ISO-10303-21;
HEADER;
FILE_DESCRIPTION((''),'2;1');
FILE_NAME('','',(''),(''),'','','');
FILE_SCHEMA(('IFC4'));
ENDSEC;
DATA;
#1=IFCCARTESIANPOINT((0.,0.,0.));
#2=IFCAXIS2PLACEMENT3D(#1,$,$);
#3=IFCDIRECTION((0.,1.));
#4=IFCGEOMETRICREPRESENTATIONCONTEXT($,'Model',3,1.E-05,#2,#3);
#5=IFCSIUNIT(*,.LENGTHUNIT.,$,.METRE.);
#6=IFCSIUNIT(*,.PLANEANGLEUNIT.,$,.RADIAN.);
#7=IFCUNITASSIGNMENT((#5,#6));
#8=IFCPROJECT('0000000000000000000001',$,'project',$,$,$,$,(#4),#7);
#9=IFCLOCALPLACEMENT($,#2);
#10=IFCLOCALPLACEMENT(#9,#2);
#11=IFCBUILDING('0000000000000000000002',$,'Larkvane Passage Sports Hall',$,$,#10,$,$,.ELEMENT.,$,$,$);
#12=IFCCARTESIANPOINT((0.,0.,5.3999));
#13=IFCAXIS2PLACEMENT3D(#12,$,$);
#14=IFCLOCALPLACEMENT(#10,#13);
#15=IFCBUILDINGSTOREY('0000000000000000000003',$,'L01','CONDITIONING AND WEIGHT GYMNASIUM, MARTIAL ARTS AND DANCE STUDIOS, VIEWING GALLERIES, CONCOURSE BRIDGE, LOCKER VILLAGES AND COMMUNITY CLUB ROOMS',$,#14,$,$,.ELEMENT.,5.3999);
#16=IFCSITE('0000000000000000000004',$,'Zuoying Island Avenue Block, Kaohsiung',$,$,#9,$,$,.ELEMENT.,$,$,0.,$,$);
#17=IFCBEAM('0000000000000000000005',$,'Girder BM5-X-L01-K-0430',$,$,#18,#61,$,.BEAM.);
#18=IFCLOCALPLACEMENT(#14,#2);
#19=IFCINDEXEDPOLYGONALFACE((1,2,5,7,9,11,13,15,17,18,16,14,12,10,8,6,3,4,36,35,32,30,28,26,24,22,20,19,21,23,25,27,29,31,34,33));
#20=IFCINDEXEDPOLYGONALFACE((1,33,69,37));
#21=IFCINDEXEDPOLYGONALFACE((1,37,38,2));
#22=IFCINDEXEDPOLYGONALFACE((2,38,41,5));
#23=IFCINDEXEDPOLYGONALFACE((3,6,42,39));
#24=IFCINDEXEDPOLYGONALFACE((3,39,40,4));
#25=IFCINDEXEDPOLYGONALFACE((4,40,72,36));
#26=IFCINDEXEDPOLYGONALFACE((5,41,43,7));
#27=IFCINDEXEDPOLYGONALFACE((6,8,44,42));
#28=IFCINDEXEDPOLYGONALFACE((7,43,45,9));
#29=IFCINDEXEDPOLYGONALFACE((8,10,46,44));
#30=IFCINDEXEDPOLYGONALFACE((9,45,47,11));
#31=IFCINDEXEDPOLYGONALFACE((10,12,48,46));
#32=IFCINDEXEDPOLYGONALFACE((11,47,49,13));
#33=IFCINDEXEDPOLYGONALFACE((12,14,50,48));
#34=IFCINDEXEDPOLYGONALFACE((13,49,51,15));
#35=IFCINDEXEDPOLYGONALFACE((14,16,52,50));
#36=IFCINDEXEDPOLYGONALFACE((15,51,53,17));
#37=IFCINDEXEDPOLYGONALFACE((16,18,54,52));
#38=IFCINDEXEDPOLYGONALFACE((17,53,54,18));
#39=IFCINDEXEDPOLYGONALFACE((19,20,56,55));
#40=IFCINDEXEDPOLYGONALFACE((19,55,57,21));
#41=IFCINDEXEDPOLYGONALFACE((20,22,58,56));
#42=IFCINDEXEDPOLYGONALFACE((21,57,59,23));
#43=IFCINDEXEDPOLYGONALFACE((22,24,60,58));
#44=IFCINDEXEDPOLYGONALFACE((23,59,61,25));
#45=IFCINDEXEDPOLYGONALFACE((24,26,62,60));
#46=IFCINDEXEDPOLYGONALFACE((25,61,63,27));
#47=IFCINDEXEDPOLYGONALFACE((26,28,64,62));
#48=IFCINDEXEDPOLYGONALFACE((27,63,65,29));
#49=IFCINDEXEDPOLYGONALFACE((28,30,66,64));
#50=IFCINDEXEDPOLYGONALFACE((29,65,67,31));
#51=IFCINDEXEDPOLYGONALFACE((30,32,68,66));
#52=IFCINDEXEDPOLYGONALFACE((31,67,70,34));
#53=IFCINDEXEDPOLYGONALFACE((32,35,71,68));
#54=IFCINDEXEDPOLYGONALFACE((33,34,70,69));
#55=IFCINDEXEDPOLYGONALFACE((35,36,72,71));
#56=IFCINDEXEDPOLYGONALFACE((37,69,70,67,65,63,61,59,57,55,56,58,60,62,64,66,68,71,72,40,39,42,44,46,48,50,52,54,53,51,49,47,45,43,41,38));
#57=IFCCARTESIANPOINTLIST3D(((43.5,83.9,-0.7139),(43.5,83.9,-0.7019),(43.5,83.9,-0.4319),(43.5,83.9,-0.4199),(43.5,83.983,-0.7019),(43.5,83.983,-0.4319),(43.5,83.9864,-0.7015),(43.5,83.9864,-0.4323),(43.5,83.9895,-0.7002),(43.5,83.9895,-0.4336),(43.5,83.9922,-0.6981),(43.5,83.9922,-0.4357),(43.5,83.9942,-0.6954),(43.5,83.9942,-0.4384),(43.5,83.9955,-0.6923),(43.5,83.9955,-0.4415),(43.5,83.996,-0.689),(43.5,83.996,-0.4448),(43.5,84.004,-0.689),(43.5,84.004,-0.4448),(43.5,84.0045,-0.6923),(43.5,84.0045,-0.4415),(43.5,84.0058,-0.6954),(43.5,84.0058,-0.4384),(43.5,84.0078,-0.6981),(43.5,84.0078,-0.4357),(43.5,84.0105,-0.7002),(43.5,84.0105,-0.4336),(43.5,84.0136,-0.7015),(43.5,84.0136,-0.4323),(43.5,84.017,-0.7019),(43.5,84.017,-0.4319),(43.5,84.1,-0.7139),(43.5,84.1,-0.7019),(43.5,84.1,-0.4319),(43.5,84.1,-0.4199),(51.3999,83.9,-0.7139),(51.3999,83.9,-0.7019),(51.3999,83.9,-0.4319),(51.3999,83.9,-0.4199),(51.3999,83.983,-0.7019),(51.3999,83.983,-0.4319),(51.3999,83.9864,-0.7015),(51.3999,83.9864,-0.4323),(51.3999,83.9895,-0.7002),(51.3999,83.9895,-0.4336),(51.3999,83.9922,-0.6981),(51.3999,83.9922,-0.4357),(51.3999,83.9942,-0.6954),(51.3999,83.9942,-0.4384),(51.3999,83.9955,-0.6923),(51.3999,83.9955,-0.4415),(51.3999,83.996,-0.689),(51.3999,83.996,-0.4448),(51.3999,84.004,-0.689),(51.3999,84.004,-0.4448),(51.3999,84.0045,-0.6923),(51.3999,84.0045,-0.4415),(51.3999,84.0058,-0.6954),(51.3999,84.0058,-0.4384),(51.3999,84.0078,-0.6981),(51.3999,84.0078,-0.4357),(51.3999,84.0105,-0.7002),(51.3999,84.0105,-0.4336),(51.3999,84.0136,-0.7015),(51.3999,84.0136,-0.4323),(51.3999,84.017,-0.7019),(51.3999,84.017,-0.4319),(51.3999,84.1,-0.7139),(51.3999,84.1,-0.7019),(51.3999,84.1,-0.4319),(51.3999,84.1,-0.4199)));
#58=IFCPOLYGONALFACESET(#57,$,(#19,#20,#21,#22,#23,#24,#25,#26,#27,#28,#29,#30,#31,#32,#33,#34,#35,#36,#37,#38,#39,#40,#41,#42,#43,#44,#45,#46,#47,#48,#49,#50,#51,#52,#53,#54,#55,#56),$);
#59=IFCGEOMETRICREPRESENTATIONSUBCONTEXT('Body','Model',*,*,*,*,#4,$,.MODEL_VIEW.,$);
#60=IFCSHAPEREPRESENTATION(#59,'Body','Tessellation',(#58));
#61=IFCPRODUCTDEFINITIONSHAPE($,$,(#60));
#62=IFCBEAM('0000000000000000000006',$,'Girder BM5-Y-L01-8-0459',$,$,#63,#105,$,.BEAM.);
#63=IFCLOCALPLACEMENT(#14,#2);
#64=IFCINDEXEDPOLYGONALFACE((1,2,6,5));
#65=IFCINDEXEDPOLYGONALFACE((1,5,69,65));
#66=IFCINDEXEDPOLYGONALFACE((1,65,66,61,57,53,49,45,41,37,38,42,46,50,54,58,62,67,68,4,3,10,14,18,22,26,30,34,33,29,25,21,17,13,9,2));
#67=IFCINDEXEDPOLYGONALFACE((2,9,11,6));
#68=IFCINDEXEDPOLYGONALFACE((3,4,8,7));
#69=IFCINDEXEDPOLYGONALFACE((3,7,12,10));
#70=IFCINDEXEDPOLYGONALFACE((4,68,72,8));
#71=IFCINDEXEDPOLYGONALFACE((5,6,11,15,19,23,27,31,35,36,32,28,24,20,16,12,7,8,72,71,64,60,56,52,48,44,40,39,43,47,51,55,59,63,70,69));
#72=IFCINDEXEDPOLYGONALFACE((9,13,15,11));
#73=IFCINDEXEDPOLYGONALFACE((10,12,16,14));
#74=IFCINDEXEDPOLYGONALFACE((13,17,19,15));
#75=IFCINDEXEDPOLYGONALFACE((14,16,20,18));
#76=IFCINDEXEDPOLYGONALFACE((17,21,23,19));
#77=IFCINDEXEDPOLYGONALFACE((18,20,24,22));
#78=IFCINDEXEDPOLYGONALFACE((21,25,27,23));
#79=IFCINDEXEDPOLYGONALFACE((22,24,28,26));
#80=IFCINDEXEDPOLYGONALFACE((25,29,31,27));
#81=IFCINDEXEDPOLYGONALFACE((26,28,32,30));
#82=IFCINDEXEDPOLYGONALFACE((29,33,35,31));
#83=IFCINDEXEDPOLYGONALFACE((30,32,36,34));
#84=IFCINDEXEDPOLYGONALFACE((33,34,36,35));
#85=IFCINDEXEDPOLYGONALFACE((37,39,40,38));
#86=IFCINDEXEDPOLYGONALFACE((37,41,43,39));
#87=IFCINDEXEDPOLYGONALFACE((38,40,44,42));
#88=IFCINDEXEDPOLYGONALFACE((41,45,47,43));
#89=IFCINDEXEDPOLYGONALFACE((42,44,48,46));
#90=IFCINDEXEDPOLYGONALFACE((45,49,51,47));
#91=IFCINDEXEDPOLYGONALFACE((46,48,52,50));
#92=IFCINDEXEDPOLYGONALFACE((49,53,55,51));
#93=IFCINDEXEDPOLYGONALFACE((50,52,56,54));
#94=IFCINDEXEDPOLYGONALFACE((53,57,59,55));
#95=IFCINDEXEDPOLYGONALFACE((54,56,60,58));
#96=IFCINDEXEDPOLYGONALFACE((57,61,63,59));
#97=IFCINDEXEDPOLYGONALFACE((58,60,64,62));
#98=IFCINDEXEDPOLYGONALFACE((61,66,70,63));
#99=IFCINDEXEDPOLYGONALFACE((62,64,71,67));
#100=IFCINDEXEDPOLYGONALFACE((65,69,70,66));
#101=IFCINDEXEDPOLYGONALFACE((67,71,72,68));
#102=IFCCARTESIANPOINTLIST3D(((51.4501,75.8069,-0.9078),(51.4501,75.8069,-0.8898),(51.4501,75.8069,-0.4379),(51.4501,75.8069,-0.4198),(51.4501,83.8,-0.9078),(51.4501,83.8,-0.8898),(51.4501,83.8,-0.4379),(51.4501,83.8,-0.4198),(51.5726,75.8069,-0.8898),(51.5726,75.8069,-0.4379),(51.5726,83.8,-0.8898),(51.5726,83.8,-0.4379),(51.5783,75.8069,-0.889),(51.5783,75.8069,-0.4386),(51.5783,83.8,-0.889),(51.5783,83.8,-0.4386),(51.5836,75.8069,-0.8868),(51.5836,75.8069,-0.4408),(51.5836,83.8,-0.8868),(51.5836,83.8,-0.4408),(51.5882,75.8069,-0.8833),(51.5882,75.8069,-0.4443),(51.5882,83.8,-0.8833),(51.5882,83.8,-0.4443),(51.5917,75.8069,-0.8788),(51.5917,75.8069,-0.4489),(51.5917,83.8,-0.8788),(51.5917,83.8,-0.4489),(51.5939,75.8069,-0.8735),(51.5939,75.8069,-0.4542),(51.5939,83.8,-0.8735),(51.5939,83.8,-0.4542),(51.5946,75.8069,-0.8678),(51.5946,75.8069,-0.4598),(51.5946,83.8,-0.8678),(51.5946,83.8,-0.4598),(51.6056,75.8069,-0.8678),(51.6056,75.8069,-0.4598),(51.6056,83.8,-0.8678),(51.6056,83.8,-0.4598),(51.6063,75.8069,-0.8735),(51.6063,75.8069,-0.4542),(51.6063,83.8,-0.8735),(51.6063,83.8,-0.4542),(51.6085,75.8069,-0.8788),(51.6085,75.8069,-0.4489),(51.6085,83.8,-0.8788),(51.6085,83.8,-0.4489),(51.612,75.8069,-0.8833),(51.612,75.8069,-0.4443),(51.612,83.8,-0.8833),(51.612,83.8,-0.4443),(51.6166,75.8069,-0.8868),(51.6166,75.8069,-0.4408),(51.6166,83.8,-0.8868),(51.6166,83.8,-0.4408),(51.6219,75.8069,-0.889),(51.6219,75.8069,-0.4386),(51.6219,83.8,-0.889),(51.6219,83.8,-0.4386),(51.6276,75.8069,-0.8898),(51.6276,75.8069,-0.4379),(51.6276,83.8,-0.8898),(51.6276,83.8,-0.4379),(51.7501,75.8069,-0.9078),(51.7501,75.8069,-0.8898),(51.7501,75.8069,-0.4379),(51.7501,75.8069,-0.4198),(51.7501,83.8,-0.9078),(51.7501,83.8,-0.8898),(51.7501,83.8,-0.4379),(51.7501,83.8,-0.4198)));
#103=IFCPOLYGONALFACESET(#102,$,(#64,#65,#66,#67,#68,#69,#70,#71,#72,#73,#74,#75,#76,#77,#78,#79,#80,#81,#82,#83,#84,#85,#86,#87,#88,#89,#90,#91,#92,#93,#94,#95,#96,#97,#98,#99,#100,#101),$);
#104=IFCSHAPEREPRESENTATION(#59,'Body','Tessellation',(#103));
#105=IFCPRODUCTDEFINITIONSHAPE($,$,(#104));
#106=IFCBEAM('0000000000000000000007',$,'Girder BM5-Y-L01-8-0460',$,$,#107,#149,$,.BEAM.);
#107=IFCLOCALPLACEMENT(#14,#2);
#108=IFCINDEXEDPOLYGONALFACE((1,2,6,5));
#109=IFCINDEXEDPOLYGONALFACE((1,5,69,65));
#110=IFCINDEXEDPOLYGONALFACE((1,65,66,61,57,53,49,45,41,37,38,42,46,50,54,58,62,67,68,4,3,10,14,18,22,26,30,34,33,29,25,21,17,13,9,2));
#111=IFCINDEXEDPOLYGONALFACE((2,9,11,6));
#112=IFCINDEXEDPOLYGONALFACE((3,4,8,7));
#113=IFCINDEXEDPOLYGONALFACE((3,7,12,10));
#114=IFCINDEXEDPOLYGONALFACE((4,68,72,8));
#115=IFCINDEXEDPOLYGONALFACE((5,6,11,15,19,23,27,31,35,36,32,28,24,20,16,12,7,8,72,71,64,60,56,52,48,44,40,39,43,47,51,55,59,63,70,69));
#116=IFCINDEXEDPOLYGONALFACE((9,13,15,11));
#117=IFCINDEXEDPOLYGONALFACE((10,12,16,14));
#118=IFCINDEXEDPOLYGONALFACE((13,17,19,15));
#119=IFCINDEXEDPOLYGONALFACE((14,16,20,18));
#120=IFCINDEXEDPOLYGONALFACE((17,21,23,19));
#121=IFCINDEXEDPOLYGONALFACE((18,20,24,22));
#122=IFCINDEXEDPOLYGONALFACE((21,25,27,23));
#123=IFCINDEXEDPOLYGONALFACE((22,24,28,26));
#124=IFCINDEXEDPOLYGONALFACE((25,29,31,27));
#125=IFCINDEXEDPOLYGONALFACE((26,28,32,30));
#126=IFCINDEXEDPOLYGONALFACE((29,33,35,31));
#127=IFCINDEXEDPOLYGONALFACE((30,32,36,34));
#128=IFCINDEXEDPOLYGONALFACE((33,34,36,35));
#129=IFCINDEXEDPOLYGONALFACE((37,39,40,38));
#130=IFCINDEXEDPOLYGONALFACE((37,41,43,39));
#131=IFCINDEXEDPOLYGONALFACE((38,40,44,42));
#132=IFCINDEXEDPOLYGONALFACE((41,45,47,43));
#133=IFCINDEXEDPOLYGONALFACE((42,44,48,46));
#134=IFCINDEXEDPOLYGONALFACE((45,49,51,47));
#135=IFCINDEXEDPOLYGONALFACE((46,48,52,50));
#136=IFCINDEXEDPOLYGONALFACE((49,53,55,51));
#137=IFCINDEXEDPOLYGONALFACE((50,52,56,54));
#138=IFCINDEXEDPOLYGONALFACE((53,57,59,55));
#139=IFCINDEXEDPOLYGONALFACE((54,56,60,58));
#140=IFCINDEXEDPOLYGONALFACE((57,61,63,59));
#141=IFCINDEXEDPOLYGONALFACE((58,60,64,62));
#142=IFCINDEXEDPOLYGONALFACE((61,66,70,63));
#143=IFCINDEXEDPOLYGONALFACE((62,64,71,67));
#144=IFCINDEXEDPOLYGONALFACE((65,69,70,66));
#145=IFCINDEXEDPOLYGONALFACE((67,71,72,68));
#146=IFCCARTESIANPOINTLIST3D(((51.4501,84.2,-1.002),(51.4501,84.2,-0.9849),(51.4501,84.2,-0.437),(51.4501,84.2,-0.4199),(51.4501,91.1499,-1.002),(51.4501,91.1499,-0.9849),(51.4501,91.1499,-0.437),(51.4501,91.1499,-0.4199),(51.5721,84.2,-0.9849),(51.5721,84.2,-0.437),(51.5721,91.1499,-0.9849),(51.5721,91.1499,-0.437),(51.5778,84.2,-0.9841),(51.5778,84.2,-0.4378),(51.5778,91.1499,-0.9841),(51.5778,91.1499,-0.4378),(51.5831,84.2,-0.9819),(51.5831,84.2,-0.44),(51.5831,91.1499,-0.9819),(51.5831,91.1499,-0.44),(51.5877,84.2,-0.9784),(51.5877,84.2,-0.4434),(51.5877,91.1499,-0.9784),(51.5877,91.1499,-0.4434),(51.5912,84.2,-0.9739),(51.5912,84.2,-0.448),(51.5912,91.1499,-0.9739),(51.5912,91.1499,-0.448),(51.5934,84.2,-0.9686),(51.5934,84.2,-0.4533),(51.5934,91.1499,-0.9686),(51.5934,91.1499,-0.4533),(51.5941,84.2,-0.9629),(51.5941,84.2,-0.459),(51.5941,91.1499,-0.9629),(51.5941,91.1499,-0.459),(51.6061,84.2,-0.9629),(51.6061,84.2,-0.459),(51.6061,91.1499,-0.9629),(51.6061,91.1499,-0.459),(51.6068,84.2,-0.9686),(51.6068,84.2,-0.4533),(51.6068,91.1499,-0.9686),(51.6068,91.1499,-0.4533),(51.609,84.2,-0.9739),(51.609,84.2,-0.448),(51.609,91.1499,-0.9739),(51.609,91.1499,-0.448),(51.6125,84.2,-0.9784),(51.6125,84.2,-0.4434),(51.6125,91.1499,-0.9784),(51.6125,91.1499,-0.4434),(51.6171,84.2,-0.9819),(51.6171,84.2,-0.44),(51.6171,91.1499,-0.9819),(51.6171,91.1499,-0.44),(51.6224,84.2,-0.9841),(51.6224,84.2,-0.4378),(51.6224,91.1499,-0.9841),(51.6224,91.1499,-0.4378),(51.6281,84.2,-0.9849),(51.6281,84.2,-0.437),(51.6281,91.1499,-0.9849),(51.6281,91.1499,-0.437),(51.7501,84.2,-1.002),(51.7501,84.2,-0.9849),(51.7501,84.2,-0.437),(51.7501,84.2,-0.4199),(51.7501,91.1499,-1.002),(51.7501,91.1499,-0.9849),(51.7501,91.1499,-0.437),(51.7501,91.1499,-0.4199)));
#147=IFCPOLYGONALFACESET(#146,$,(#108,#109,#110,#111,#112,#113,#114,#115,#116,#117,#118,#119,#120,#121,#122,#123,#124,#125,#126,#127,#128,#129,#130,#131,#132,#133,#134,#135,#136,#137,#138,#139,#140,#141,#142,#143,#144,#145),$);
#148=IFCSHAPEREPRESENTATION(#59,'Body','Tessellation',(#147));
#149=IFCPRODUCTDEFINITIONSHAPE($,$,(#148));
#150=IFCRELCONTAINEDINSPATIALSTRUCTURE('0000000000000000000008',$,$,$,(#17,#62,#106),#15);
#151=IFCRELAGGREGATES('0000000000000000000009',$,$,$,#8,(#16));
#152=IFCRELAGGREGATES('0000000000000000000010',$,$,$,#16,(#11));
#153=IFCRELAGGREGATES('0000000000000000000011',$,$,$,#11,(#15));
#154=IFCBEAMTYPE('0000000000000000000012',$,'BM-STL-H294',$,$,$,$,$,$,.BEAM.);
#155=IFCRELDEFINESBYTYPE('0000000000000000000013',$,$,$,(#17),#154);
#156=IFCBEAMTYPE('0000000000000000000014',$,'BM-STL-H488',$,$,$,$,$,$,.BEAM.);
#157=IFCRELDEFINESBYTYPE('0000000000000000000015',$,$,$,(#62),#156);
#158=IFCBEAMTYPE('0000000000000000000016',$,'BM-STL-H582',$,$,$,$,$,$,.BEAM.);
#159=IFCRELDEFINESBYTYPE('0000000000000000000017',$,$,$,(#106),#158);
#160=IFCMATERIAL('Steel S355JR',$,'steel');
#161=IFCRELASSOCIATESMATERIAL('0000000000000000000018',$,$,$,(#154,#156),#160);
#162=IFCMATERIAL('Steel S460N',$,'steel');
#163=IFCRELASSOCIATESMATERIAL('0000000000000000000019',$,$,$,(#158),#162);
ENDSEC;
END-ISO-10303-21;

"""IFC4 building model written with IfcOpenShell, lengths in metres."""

from ifc_helpers import new_model, si_unit, direction, frame, origin, origin_2d, place, context, subcontext, project, spatial, i_section, extrude, material, material_profile, profile_set, type_object, element, save


model = new_model("IFC4")

# Units and contexts
model_context = context("Model", 3, precision=1e-05, world=origin(), true_north=direction((0.0, 1.0)))
body_context = subcontext(model_context, "Body", "Model", "MODEL_VIEW")
ifc_project = project(units=[si_unit("LENGTHUNIT", "METRE"), si_unit("PLANEANGLEUNIT", "RADIAN")], contexts=[model_context])

# Site, building, storey
site_placement = place(None, origin())
site = spatial("IfcSite", under=ifc_project, at=site_placement, Name="Zuoying Island Avenue Block, Kaohsiung", CompositionType="ELEMENT", RefElevation=0.0)
building_placement = place(site_placement, origin())
building = spatial("IfcBuilding", under=site, at=building_placement, Name="Larkvane Passage Sports Hall", CompositionType="ELEMENT")
storey_placement = place(building_placement, frame((0.0, 0.0, 5.3999)))
storey = spatial("IfcBuildingStorey", under=building, at=storey_placement, Name="L01", Description="CONDITIONING AND WEIGHT GYMNASIUM, MARTIAL ARTS AND DANCE STUDIOS, VIEWING GALLERIES, CONCOURSE BRIDGE, LOCKER VILLAGES AND COMMUNITY CLUB ROOMS", CompositionType="ELEMENT", Elevation=5.3999)

# Shared definitions
ifc_material_1 = material(Name="Steel S355JR", Category="steel")
ifc_material_2 = material(Name="Steel S460N", Category="steel")

# Beams
ifc_material_profile_1 = material_profile(ifc_material_1, i_section(OverallWidth=0.2, OverallDepth=0.2939, WebThickness=0.0081, FlangeThickness=0.012, FilletRadius=0.0129, at=origin_2d()), Name="H-294x200x8x12")
ifc_profile_set_1 = profile_set([ifc_material_profile_1], Name="Steel S355JR")
beam_type_1 = type_object("IfcBeamType", Name="BM-STL-H294", PredefinedType="BEAM", material=ifc_profile_set_1)
beam_1_placement = place(storey_placement, frame((43.5, 84.0, -0.5669), z_axis=(1.0, 0.0, 0.0), x_axis=(0.0, 1.0, 0.0)))
element("IfcBeam", 1, at=beam_1_placement, inside=storey, type_object=beam_type_1, Name="Girder BM5-X-L01-K-0430", PredefinedType="BEAM", context=body_context, shape_type="SweptSolid", body=[
    extrude(i_section(OverallWidth=0.2, OverallDepth=0.2939, WebThickness=0.0081, FlangeThickness=0.012, FilletRadius=0.0129, at=origin_2d()), origin(), (0.0, 0.0, 1.0), 7.8999),
])
ifc_material_profile_2 = material_profile(ifc_material_1, i_section(OverallWidth=0.3, OverallDepth=0.488, WebThickness=0.011, FlangeThickness=0.0181, FilletRadius=0.022, at=origin_2d()), Name="H-488x300x11x18")
ifc_profile_set_2 = profile_set([ifc_material_profile_2], Name="Steel S355JR")
beam_type_2 = type_object("IfcBeamType", Name="BM-STL-H488", PredefinedType="BEAM", material=ifc_profile_set_2)
beam_2_placement = place(storey_placement, frame((51.6001, 75.8069, -0.6638), z_axis=(0.0, 1.0, 0.0), x_axis=(-1.0, 0.0, 0.0)))
element("IfcBeam", 2, at=beam_2_placement, inside=storey, type_object=beam_type_2, Name="Girder BM5-Y-L01-8-0459", PredefinedType="BEAM", context=body_context, shape_type="SweptSolid", body=[
    extrude(i_section(OverallWidth=0.3, OverallDepth=0.488, WebThickness=0.011, FlangeThickness=0.0181, FilletRadius=0.022, at=origin_2d()), origin(), (0.0, 0.0, 1.0), 7.9932),
])
ifc_material_profile_3 = material_profile(ifc_material_2, i_section(OverallWidth=0.3, OverallDepth=0.582, WebThickness=0.012, FlangeThickness=0.0171, FilletRadius=0.022, at=origin_2d()), Name="H-582x300x12x17")
ifc_profile_set_3 = profile_set([ifc_material_profile_3], Name="Steel S460N")
beam_type_3 = type_object("IfcBeamType", Name="BM-STL-H582", PredefinedType="BEAM", material=ifc_profile_set_3)
beam_3_placement = place(storey_placement, frame((51.6001, 84.2, -0.7109), z_axis=(0.0, 1.0, 0.0), x_axis=(-1.0, 0.0, 0.0)))
element("IfcBeam", 3, at=beam_3_placement, inside=storey, type_object=beam_type_3, Name="Girder BM5-Y-L01-8-0460", PredefinedType="BEAM", context=body_context, shape_type="SweptSolid", body=[
    extrude(i_section(OverallWidth=0.3, OverallDepth=0.582, WebThickness=0.012, FlangeThickness=0.0171, FilletRadius=0.022, at=origin_2d()), origin(), (0.0, 0.0, 1.0), 6.95),
])

save(model, "model.ifc")
